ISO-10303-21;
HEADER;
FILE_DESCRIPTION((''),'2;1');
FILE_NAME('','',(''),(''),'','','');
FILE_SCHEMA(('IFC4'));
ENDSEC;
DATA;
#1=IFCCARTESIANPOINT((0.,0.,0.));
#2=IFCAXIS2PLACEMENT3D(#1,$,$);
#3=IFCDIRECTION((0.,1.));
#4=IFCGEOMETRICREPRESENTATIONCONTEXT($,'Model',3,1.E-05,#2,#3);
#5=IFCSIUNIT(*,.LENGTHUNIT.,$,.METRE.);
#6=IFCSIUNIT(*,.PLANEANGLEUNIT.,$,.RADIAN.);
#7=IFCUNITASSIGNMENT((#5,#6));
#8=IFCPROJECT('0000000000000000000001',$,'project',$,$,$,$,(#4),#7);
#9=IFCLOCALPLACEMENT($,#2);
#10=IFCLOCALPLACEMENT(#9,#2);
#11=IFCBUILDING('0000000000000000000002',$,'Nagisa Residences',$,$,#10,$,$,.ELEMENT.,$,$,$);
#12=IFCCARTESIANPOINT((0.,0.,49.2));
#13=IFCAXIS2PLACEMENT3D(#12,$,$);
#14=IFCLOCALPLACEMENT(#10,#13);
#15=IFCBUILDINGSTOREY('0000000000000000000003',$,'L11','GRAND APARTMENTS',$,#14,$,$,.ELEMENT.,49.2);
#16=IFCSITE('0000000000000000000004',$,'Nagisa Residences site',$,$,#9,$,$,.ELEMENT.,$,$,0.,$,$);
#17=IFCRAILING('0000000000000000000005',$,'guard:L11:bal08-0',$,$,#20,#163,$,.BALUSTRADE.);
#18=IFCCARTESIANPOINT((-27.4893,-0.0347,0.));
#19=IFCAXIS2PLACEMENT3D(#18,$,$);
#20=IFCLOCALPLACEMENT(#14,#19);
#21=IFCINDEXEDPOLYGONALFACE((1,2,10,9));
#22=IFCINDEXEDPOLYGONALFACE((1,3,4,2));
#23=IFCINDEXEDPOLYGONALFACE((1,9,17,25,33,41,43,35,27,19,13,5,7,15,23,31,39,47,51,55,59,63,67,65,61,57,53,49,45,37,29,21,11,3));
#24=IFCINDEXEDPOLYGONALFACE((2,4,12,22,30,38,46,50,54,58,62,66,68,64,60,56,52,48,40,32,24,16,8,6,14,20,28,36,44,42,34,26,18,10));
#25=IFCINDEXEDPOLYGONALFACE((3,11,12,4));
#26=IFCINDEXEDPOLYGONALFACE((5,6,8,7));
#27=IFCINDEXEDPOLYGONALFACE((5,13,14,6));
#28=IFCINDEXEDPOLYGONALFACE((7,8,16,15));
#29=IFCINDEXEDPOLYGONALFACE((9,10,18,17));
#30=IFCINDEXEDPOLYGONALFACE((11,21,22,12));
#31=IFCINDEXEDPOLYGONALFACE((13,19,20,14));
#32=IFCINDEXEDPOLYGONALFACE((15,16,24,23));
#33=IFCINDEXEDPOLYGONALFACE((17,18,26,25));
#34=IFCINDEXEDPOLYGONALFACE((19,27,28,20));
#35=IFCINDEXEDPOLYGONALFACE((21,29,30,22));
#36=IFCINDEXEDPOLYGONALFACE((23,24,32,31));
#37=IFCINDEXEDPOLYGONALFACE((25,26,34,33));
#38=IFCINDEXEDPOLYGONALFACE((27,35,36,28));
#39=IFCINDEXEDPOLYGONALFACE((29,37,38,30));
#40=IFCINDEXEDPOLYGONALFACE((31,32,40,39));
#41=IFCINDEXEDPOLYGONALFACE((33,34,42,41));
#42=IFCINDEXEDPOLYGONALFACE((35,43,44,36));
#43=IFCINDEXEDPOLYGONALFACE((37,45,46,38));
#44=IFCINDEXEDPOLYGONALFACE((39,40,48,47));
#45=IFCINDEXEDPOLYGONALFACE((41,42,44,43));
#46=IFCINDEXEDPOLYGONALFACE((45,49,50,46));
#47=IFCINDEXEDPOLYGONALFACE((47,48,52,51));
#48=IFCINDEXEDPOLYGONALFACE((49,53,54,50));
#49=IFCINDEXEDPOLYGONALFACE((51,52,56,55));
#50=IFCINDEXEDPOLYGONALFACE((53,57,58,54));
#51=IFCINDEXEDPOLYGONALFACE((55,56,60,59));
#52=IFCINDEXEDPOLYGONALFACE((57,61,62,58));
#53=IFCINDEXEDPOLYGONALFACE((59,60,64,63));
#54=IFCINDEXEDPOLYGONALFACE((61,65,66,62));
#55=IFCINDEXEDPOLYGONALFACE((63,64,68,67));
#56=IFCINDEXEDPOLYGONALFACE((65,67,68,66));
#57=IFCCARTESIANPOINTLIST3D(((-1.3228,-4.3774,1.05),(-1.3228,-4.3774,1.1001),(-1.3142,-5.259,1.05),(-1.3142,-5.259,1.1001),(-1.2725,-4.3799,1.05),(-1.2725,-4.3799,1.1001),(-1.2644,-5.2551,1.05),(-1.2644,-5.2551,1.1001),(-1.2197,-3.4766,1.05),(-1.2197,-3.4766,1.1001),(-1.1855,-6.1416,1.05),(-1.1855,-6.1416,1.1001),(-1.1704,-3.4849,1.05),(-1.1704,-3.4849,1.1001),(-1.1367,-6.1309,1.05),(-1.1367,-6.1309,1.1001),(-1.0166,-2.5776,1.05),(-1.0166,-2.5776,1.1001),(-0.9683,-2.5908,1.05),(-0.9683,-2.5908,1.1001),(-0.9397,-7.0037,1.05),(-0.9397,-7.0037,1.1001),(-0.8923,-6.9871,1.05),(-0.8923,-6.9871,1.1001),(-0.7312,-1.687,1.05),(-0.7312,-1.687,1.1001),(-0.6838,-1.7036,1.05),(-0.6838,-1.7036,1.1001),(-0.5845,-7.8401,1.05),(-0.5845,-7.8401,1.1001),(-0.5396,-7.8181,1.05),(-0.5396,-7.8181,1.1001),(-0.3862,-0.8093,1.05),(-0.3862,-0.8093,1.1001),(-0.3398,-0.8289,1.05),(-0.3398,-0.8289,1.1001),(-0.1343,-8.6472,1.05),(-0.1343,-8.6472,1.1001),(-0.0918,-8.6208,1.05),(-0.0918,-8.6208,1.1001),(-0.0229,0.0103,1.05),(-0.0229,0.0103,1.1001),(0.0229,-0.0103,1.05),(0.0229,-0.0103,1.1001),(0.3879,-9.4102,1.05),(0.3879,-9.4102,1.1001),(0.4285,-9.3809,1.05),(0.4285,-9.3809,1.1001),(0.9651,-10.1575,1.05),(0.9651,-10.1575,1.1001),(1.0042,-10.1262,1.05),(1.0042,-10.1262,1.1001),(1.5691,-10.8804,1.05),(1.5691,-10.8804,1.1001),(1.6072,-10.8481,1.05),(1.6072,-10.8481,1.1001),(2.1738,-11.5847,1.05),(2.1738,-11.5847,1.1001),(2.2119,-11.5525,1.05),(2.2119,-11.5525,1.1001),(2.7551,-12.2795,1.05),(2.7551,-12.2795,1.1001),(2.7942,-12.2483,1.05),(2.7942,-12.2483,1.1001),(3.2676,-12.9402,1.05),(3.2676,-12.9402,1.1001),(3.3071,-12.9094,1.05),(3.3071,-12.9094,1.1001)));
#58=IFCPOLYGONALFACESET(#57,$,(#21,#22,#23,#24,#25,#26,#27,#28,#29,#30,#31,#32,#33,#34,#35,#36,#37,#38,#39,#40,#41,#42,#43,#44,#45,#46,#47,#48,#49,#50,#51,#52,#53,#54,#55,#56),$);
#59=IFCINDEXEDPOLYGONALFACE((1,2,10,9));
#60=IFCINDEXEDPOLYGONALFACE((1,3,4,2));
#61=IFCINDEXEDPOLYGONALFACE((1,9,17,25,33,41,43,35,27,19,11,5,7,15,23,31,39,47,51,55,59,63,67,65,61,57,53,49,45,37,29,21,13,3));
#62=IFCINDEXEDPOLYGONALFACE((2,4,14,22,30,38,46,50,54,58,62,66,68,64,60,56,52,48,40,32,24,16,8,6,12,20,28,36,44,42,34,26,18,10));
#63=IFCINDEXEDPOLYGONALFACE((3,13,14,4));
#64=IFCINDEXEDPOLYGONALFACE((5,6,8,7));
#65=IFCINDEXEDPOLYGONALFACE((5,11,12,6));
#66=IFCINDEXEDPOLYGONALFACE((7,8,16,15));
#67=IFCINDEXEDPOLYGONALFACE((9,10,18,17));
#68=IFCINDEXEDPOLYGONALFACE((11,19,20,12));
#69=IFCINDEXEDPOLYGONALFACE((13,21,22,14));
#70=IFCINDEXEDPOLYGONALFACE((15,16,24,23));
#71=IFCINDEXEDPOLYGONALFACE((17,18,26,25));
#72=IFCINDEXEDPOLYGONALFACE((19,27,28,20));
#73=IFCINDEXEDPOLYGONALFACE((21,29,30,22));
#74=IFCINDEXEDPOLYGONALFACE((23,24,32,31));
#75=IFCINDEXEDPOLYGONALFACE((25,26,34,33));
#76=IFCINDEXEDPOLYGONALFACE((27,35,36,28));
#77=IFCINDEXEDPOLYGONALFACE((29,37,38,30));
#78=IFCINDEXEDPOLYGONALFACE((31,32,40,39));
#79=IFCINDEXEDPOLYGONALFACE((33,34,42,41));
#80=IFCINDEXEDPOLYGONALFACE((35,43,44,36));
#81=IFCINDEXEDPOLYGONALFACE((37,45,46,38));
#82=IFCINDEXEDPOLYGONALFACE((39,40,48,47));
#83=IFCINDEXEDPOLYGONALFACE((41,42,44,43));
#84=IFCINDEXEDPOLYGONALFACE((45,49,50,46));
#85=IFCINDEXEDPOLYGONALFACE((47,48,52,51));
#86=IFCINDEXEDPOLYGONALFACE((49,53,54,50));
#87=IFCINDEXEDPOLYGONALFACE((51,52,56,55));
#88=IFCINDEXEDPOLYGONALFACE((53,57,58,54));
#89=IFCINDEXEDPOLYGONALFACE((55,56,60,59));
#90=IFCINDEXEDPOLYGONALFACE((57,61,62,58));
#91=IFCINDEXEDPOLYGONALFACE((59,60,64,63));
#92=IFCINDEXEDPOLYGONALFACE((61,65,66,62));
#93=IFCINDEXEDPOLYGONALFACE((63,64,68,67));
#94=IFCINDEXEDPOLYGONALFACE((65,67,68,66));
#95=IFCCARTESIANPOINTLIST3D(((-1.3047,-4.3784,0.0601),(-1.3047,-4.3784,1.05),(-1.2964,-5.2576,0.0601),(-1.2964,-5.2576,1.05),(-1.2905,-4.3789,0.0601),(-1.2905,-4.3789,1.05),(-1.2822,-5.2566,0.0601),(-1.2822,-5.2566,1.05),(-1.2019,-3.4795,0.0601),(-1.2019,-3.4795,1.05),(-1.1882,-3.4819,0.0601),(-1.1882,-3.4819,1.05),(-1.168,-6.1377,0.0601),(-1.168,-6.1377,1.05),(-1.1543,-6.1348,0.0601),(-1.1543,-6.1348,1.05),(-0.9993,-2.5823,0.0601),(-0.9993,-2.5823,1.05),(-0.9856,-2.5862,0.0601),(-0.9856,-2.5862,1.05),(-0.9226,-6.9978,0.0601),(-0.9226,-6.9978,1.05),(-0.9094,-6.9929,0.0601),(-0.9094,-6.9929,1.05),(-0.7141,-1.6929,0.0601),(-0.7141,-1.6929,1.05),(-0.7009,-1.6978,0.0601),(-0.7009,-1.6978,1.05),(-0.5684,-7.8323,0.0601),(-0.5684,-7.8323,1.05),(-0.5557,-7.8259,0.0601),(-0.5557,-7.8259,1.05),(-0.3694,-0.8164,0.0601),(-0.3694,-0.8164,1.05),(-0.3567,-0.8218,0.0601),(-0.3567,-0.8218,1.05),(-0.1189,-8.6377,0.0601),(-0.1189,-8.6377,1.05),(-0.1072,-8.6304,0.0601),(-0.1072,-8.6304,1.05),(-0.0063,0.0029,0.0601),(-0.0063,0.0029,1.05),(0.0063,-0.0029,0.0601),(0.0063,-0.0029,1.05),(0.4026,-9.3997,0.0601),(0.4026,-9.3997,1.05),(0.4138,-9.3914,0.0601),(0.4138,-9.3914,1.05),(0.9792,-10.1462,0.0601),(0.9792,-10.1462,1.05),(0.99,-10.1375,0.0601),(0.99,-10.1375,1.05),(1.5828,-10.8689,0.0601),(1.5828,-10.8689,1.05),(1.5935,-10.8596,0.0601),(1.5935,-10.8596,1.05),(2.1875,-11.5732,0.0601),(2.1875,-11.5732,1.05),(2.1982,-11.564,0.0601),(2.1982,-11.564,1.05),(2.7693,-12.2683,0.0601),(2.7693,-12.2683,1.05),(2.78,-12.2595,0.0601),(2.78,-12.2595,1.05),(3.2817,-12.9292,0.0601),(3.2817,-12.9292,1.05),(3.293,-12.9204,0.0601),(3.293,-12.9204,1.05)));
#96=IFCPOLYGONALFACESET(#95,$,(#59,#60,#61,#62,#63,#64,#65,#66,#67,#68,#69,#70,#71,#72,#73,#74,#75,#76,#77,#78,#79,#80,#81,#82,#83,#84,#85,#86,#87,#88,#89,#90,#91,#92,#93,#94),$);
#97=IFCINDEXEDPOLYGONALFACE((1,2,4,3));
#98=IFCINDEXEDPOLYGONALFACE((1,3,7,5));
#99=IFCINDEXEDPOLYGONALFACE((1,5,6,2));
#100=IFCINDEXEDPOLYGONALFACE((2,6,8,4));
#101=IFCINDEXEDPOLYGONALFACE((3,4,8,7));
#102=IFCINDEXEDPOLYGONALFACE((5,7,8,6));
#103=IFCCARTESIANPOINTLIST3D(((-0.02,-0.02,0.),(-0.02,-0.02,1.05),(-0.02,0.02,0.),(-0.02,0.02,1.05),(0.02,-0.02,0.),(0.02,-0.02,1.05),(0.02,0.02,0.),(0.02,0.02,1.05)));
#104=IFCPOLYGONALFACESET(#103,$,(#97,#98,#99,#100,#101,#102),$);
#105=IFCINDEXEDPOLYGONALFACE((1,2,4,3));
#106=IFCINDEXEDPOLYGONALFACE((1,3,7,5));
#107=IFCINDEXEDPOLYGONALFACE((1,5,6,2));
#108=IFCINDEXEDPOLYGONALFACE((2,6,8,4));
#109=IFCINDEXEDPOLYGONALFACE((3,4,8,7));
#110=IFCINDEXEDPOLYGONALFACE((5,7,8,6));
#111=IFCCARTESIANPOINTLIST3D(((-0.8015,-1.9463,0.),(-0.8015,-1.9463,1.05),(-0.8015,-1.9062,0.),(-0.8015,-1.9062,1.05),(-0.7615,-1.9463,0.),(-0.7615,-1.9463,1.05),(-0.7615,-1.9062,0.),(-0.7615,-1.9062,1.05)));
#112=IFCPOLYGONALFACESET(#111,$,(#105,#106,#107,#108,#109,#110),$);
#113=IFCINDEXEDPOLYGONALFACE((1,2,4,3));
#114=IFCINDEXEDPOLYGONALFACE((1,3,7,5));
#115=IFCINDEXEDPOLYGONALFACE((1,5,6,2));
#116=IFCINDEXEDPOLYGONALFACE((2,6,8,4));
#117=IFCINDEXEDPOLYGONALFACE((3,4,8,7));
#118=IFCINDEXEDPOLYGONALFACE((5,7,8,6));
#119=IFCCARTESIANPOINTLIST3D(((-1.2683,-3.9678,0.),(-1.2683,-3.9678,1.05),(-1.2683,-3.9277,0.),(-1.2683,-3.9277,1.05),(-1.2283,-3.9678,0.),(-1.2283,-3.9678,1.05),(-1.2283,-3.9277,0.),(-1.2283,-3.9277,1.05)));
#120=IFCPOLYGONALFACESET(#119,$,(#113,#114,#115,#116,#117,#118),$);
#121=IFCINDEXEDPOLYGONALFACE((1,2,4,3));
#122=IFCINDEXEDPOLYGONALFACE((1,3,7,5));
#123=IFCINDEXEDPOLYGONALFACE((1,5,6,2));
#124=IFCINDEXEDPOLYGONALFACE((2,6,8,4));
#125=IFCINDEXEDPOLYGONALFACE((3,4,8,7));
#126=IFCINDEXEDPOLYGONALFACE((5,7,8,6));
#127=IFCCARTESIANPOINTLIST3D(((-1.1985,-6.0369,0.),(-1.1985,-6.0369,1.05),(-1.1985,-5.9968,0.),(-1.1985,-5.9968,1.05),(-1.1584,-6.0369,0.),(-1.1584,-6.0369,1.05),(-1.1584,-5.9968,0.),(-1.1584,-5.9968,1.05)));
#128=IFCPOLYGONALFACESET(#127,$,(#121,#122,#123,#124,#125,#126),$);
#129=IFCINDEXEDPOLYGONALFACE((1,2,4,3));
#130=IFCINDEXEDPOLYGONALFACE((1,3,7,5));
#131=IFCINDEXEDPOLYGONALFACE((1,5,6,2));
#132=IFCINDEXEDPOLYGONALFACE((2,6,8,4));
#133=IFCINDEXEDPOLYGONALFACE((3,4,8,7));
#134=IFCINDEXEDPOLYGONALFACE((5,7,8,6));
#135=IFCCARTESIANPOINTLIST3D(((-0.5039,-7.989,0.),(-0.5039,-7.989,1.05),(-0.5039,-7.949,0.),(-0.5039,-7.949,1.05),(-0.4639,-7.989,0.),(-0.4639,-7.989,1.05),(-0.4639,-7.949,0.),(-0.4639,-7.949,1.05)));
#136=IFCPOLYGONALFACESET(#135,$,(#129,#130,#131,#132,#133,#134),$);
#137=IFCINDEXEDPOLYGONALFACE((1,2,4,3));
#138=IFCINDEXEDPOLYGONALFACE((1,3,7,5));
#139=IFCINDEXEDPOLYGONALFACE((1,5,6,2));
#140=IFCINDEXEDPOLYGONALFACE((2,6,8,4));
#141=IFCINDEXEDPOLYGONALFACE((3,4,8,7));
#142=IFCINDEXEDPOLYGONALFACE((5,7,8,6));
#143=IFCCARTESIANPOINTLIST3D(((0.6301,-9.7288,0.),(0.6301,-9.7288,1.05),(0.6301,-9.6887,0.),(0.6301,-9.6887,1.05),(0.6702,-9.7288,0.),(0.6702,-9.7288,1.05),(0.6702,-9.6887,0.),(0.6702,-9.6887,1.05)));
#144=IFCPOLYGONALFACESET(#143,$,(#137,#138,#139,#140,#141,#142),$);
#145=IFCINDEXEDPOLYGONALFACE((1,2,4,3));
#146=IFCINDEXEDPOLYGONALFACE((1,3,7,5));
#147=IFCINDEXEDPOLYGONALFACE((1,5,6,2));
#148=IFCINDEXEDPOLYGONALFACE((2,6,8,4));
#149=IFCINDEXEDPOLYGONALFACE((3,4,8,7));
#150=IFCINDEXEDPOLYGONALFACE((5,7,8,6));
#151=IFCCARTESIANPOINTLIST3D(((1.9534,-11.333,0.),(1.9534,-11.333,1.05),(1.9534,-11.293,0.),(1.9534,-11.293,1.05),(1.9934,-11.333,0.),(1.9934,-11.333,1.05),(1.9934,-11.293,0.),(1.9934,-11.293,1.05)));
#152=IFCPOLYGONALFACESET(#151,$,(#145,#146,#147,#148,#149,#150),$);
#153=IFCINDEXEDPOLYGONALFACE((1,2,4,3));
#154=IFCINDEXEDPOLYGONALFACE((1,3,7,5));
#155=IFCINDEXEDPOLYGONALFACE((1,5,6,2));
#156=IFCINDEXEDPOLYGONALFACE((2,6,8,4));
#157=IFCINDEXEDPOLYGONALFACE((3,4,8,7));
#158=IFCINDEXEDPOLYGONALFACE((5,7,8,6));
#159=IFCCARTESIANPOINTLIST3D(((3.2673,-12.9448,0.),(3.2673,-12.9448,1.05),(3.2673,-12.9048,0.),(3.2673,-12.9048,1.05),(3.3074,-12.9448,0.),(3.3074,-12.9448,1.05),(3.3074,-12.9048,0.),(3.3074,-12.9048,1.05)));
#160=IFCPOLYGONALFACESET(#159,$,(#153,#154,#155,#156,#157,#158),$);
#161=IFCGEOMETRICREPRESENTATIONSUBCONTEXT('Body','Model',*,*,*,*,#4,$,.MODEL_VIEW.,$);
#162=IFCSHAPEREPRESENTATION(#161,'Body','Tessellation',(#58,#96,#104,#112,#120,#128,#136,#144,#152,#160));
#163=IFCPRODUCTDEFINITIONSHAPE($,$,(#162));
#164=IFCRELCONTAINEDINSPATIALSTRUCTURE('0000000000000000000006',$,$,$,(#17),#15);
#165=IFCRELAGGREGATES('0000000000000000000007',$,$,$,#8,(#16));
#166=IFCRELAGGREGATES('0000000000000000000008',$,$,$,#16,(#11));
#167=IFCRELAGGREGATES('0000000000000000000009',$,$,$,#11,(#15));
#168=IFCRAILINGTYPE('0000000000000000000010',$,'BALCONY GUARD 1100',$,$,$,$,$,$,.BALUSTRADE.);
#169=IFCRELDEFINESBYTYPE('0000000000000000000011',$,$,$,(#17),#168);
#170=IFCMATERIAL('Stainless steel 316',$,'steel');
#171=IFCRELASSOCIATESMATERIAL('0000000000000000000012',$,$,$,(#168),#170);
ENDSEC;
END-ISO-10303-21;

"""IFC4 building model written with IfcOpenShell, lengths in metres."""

from ifc_helpers import new_model, si_unit, direction, frame, origin, origin_2d, place, context, subcontext, project, spatial, polyline, rectangle, outline, extrude, material, type_object, element, save


model = new_model("IFC4")

# Units and contexts
model_context = context("Model", 3, precision=1e-05, world=origin(), true_north=direction((0.0, 1.0)))
body_context = subcontext(model_context, "Body", "Model", "MODEL_VIEW")
ifc_project = project(units=[si_unit("LENGTHUNIT", "METRE"), si_unit("PLANEANGLEUNIT", "RADIAN")], contexts=[model_context])

# Site, building, storey
site_placement = place(None, origin())
site = spatial("IfcSite", under=ifc_project, at=site_placement, Name="Nagisa Residences site", CompositionType="ELEMENT", RefElevation=0.0)
building_placement = place(site_placement, origin())
building = spatial("IfcBuilding", under=site, at=building_placement, Name="Nagisa Residences", CompositionType="ELEMENT")
storey_placement = place(building_placement, frame((0.0, 0.0, 49.2)))
storey = spatial("IfcBuildingStorey", under=building, at=storey_placement, Name="L11", Description="GRAND APARTMENTS", CompositionType="ELEMENT", Elevation=49.2)

# Railing
ifc_material_1 = material(Name="Stainless steel 316", Category="steel")
railing_type = type_object("IfcRailingType", Name="BALCONY GUARD 1100", PredefinedType="BALUSTRADE", material=ifc_material_1)
railing_placement = place(storey_placement, frame((-27.4893, -0.0347, 0.0)))
element("IfcRailing", 1, at=railing_placement, inside=storey, type_object=railing_type, Name="guard:L11:bal08-0", PredefinedType="BALUSTRADE", context=body_context, shape_type="SweptSolid", body=[
    extrude(outline(polyline([(-0.3398, -0.8289), (0.0229, -0.0103), (-0.0229, 0.0103), (-0.3862, -0.8093), (-0.7312, -1.687), (-1.0166, -2.5776), (-1.2197, -3.4766), (-1.3228, -4.3774), (-1.3142, -5.259), (-1.1855, -6.1416), (-0.9397, -7.0037), (-0.5845, -7.8401), (-0.1343, -8.6472), (0.3879, -9.4102), (0.9651, -10.1575), (1.5691, -10.8804), (2.1738, -11.5847), (2.7551, -12.2795), (3.2676, -12.9402), (3.3071, -12.9094), (2.7942, -12.2483), (2.2119, -11.5525), (1.6072, -10.8481), (1.0042, -10.1262), (0.4285, -9.3809), (-0.0918, -8.6208), (-0.5396, -7.8181), (-0.8923, -6.9871), (-1.1367, -6.1309), (-1.2644, -5.2551), (-1.2725, -4.3799), (-1.1704, -3.4849), (-0.9683, -2.5908), (-0.6838, -1.7036), (-0.3398, -0.8289)])), frame((0.0, 0.0, 1.05)), (0.0, 0.0, 1.0), 0.05),
    extrude(outline(polyline([(-0.3567, -0.8218), (0.0063, -0.0029), (-0.0063, 0.0029), (-0.3694, -0.8164), (-0.7141, -1.6929), (-0.9993, -2.5823), (-1.2019, -3.4795), (-1.3047, -4.3784), (-1.2964, -5.2576), (-1.168, -6.1377), (-0.9226, -6.9978), (-0.5684, -7.8323), (-0.1189, -8.6377), (0.4026, -9.3997), (0.9792, -10.1462), (1.5828, -10.8689), (2.1875, -11.5732), (2.7693, -12.2683), (3.2817, -12.9292), (3.293, -12.9204), (2.78, -12.2595), (2.1982, -11.564), (1.5935, -10.8596), (0.99, -10.1375), (0.4138, -9.3914), (-0.1072, -8.6304), (-0.5557, -7.8259), (-0.9094, -6.9929), (-1.1543, -6.1348), (-1.2822, -5.2566), (-1.2905, -4.3789), (-1.1882, -3.4819), (-0.9856, -2.5862), (-0.7009, -1.6978), (-0.3567, -0.8218)])), frame((0.0, 0.0, 0.0601)), (0.0, 0.0, 1.0), 0.99),
    extrude(rectangle(XDim=0.04, YDim=0.04, at=origin_2d()), origin(), (0.0, 0.0, 1.0), 1.05),
    extrude(rectangle(XDim=0.04, YDim=0.04, at=origin_2d()), frame((-0.7815, -1.9263, 0.0)), (0.0, 0.0, 1.0), 1.05),
    extrude(rectangle(XDim=0.04, YDim=0.04, at=origin_2d()), frame((-1.2483, -3.9478, 0.0)), (0.0, 0.0, 1.0), 1.05),
    extrude(rectangle(XDim=0.04, YDim=0.04, at=origin_2d()), frame((-1.1785, -6.0168, 0.0)), (0.0, 0.0, 1.0), 1.05),
    extrude(rectangle(XDim=0.04, YDim=0.04, at=origin_2d()), frame((-0.4839, -7.969, 0.0)), (0.0, 0.0, 1.0), 1.05),
    extrude(rectangle(XDim=0.04, YDim=0.04, at=origin_2d()), frame((0.6501, -9.7087, 0.0)), (0.0, 0.0, 1.0), 1.05),
    extrude(rectangle(XDim=0.04, YDim=0.04, at=origin_2d()), frame((1.9734, -11.313, 0.0)), (0.0, 0.0, 1.0), 1.05),
    extrude(rectangle(XDim=0.04, YDim=0.04, at=origin_2d()), frame((3.2874, -12.9248, 0.0)), (0.0, 0.0, 1.0), 1.05),
])

save(model, "model.ifc")
